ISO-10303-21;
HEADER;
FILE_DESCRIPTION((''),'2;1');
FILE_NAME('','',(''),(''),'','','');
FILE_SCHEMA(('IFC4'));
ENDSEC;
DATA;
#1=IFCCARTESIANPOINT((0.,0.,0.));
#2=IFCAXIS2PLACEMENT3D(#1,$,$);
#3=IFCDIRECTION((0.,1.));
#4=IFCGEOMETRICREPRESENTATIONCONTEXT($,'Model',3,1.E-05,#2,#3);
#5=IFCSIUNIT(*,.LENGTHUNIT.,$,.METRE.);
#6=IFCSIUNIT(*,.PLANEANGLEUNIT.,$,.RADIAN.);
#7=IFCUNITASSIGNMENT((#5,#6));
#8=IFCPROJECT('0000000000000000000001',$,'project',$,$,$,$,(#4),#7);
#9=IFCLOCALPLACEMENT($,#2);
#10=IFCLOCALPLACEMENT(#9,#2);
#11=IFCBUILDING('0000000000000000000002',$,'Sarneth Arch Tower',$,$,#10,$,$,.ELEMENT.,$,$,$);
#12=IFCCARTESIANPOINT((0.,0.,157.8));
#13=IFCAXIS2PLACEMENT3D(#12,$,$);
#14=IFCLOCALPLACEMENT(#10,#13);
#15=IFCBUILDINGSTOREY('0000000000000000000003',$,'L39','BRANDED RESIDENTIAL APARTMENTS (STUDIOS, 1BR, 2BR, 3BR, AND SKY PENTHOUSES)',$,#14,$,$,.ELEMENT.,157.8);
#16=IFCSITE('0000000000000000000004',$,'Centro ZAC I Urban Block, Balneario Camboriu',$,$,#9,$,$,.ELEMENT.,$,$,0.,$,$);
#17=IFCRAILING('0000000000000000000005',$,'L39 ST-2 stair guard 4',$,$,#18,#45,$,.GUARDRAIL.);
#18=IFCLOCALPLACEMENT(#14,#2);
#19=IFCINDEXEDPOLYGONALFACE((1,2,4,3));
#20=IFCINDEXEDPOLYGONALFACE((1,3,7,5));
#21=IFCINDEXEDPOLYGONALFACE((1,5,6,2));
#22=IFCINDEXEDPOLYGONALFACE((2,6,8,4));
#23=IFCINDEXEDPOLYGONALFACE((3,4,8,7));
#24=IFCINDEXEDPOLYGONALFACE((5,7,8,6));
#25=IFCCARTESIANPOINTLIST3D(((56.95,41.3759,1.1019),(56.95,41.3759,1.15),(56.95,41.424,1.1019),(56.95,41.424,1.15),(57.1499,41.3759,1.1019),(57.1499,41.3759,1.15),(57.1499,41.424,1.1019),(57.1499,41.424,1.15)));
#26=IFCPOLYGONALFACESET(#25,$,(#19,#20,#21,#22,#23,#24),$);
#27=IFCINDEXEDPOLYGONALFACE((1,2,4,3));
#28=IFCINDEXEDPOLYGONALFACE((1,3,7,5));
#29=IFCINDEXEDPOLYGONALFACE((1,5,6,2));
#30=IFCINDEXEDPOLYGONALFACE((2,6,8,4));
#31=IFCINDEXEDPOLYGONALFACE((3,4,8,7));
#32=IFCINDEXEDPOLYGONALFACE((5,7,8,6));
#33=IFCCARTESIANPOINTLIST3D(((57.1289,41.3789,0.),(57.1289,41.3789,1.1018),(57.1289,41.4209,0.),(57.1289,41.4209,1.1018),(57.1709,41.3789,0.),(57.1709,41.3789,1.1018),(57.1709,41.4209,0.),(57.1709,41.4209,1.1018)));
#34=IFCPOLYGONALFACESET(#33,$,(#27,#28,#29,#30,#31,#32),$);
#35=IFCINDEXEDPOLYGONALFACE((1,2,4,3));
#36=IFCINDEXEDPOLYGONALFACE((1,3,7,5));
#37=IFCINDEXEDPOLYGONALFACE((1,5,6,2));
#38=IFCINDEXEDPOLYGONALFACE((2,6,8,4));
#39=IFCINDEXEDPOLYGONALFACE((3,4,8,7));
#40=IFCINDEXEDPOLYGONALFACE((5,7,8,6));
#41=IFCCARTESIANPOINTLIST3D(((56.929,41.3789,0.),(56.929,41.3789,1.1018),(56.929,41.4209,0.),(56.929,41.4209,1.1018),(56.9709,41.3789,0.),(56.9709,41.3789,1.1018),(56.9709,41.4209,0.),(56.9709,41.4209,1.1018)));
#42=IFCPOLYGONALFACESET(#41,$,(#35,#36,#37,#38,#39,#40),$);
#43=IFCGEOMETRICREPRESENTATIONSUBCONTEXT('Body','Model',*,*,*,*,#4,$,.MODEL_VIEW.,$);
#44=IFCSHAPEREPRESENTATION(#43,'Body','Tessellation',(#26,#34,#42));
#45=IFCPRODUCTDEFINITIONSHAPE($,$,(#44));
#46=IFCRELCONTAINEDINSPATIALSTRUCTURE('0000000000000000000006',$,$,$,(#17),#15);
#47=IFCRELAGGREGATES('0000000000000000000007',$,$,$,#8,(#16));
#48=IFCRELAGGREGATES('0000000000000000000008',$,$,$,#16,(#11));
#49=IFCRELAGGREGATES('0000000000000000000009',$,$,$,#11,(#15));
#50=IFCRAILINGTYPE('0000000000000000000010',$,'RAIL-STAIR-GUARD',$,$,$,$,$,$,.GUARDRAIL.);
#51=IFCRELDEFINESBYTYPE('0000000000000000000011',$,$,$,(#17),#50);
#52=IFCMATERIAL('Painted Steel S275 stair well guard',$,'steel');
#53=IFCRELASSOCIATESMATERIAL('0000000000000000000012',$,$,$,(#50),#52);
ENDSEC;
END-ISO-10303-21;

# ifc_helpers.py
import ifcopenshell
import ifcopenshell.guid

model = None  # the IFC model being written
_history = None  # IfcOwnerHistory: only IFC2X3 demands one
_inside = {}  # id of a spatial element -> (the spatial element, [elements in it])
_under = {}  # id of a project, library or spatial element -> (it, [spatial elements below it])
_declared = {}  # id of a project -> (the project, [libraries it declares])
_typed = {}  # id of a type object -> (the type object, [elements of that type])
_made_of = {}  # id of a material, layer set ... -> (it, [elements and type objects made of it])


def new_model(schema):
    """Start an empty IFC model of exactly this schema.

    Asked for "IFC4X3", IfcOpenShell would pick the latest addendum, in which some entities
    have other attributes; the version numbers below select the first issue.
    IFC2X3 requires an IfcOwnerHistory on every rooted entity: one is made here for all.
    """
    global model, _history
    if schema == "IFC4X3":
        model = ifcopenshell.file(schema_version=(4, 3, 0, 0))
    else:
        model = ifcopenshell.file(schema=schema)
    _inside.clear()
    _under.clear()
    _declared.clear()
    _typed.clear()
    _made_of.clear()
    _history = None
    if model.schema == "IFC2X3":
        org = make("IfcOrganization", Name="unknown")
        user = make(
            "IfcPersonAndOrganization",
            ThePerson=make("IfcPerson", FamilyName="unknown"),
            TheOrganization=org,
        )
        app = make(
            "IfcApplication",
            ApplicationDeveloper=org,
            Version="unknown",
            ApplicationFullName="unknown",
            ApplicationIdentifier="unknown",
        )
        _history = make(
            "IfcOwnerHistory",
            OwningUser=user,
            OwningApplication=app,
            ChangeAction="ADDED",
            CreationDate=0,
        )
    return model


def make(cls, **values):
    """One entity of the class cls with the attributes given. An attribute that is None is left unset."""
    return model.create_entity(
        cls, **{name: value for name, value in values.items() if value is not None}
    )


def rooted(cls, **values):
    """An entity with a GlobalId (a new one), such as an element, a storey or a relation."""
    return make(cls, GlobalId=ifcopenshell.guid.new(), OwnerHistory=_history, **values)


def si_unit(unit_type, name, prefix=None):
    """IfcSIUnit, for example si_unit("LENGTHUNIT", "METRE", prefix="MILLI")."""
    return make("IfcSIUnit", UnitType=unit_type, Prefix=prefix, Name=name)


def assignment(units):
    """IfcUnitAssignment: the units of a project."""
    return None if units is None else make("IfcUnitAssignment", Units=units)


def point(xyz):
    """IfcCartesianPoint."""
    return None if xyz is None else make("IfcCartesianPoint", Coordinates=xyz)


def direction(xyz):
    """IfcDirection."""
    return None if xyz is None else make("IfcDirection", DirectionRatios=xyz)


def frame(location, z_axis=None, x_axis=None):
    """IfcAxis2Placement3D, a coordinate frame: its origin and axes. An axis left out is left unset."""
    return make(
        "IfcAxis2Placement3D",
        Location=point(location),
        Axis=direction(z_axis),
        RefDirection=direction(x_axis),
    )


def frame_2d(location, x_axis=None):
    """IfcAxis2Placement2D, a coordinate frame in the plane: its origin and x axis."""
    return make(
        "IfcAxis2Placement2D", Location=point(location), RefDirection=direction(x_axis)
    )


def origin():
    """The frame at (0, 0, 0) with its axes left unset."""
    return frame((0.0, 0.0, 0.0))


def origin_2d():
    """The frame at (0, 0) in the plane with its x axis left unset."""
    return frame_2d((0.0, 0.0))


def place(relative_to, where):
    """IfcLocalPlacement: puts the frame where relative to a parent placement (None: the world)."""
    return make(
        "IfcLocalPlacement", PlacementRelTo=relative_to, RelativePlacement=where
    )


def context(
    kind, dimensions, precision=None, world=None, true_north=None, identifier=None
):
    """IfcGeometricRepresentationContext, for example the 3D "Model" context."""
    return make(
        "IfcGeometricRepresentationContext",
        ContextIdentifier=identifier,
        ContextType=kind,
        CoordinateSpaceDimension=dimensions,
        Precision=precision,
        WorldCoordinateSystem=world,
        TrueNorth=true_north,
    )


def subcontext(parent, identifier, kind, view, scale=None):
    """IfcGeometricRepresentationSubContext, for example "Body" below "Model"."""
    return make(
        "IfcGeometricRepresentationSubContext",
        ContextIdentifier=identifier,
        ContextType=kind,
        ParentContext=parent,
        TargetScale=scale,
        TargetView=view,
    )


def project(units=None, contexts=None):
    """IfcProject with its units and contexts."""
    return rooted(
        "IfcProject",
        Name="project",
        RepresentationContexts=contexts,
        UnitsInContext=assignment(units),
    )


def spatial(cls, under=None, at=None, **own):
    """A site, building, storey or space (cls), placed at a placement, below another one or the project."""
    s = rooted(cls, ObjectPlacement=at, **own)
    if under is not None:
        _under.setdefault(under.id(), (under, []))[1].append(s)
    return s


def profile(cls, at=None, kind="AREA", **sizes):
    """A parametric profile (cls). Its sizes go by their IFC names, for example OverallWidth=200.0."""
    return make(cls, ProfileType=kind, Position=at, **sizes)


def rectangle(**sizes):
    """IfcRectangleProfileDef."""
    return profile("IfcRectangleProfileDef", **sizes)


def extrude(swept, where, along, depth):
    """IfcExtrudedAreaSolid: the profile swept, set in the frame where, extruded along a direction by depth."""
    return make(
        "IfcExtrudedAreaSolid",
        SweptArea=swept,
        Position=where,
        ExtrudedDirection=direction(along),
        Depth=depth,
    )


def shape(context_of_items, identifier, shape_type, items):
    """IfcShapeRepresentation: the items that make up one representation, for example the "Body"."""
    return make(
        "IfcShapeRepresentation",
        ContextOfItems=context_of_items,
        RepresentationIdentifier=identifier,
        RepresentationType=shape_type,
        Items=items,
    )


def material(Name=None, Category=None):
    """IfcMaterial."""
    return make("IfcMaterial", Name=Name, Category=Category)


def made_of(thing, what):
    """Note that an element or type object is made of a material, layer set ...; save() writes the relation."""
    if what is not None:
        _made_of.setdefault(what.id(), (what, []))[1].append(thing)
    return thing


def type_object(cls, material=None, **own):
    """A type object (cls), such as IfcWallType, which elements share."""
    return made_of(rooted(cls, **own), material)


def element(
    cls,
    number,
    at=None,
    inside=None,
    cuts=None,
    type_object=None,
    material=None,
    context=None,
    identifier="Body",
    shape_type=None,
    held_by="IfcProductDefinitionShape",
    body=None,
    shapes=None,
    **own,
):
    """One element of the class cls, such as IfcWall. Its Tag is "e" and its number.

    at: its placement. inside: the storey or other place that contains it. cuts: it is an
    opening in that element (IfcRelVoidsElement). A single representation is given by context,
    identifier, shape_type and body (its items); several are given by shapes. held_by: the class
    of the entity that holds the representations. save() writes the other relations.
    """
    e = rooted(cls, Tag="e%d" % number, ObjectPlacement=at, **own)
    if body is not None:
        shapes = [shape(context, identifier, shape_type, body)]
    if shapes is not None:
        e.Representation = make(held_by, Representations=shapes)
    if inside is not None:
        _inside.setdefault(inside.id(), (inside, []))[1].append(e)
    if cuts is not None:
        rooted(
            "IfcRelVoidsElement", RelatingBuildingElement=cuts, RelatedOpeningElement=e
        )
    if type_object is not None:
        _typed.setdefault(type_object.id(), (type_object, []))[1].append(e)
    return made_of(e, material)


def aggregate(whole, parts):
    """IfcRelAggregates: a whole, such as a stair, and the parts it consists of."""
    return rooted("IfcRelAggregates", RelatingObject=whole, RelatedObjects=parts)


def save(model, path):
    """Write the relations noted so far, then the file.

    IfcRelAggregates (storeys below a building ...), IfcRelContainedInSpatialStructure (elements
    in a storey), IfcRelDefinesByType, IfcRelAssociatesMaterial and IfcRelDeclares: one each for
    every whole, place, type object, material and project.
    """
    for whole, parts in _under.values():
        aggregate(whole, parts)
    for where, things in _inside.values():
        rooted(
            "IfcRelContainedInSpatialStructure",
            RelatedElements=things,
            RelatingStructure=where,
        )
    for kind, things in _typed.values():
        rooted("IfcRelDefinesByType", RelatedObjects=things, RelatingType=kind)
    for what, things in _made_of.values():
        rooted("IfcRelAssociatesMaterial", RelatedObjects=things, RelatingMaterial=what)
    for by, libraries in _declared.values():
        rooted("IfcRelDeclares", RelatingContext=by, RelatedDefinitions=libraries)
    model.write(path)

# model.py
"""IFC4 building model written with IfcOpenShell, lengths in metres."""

from ifc_helpers import new_model, si_unit, direction, frame, origin, origin_2d, place, context, subcontext, project, spatial, rectangle, extrude, material, type_object, element, save


model = new_model("IFC4")

# Units and contexts
model_context = context("Model", 3, precision=1e-05, world=origin(), true_north=direction((0.0, 1.0)))
body_context = subcontext(model_context, "Body", "Model", "MODEL_VIEW")
ifc_project = project(units=[si_unit("LENGTHUNIT", "METRE"), si_unit("PLANEANGLEUNIT", "RADIAN")], contexts=[model_context])

# Site, building, storey
site_placement = place(None, origin())
site = spatial("IfcSite", under=ifc_project, at=site_placement, Name="Centro ZAC I Urban Block, Balneario Camboriu", CompositionType="ELEMENT", RefElevation=0.0)
building_placement = place(site_placement, origin())
building = spatial("IfcBuilding", under=site, at=building_placement, Name="Sarneth Arch Tower", CompositionType="ELEMENT")
storey_placement = place(building_placement, frame((0.0, 0.0, 157.8)))
storey = spatial("IfcBuildingStorey", under=building, at=storey_placement, Name="L39", Description="BRANDED RESIDENTIAL APARTMENTS (STUDIOS, 1BR, 2BR, 3BR, AND SKY PENTHOUSES)", CompositionType="ELEMENT", Elevation=157.8)

# Railing
ifc_material_1 = material(Name="Painted Steel S275 stair well guard", Category="steel")
railing_type = type_object("IfcRailingType", Name="RAIL-STAIR-GUARD", PredefinedType="GUARDRAIL", material=ifc_material_1)
railing_placement = place(storey_placement, frame((57.1499, 41.3999, 0.0)))
element("IfcRailing", 1, at=railing_placement, inside=storey, type_object=railing_type, Name="L39 ST-2 stair guard 4", PredefinedType="GUARDRAIL", context=body_context, shape_type="SweptSolid", body=[
    extrude(rectangle(XDim=0.0481, YDim=0.0481, at=origin_2d()), frame((0.0, 0.0, 1.126), z_axis=(-1.0, 0.0, 0.0), x_axis=(0.0, -1.0, 0.0)), (0.0, 0.0, 1.0), 0.2),
    extrude(rectangle(XDim=0.042, YDim=0.042, at=origin_2d()), origin(), (0.0, 0.0, 1.0), 1.1018),
    extrude(rectangle(XDim=0.042, YDim=0.042, at=origin_2d()), frame((-0.2, 0.0, 0.0)), (0.0, 0.0, 1.0), 1.1018),
])

save(model, "model.ifc")
